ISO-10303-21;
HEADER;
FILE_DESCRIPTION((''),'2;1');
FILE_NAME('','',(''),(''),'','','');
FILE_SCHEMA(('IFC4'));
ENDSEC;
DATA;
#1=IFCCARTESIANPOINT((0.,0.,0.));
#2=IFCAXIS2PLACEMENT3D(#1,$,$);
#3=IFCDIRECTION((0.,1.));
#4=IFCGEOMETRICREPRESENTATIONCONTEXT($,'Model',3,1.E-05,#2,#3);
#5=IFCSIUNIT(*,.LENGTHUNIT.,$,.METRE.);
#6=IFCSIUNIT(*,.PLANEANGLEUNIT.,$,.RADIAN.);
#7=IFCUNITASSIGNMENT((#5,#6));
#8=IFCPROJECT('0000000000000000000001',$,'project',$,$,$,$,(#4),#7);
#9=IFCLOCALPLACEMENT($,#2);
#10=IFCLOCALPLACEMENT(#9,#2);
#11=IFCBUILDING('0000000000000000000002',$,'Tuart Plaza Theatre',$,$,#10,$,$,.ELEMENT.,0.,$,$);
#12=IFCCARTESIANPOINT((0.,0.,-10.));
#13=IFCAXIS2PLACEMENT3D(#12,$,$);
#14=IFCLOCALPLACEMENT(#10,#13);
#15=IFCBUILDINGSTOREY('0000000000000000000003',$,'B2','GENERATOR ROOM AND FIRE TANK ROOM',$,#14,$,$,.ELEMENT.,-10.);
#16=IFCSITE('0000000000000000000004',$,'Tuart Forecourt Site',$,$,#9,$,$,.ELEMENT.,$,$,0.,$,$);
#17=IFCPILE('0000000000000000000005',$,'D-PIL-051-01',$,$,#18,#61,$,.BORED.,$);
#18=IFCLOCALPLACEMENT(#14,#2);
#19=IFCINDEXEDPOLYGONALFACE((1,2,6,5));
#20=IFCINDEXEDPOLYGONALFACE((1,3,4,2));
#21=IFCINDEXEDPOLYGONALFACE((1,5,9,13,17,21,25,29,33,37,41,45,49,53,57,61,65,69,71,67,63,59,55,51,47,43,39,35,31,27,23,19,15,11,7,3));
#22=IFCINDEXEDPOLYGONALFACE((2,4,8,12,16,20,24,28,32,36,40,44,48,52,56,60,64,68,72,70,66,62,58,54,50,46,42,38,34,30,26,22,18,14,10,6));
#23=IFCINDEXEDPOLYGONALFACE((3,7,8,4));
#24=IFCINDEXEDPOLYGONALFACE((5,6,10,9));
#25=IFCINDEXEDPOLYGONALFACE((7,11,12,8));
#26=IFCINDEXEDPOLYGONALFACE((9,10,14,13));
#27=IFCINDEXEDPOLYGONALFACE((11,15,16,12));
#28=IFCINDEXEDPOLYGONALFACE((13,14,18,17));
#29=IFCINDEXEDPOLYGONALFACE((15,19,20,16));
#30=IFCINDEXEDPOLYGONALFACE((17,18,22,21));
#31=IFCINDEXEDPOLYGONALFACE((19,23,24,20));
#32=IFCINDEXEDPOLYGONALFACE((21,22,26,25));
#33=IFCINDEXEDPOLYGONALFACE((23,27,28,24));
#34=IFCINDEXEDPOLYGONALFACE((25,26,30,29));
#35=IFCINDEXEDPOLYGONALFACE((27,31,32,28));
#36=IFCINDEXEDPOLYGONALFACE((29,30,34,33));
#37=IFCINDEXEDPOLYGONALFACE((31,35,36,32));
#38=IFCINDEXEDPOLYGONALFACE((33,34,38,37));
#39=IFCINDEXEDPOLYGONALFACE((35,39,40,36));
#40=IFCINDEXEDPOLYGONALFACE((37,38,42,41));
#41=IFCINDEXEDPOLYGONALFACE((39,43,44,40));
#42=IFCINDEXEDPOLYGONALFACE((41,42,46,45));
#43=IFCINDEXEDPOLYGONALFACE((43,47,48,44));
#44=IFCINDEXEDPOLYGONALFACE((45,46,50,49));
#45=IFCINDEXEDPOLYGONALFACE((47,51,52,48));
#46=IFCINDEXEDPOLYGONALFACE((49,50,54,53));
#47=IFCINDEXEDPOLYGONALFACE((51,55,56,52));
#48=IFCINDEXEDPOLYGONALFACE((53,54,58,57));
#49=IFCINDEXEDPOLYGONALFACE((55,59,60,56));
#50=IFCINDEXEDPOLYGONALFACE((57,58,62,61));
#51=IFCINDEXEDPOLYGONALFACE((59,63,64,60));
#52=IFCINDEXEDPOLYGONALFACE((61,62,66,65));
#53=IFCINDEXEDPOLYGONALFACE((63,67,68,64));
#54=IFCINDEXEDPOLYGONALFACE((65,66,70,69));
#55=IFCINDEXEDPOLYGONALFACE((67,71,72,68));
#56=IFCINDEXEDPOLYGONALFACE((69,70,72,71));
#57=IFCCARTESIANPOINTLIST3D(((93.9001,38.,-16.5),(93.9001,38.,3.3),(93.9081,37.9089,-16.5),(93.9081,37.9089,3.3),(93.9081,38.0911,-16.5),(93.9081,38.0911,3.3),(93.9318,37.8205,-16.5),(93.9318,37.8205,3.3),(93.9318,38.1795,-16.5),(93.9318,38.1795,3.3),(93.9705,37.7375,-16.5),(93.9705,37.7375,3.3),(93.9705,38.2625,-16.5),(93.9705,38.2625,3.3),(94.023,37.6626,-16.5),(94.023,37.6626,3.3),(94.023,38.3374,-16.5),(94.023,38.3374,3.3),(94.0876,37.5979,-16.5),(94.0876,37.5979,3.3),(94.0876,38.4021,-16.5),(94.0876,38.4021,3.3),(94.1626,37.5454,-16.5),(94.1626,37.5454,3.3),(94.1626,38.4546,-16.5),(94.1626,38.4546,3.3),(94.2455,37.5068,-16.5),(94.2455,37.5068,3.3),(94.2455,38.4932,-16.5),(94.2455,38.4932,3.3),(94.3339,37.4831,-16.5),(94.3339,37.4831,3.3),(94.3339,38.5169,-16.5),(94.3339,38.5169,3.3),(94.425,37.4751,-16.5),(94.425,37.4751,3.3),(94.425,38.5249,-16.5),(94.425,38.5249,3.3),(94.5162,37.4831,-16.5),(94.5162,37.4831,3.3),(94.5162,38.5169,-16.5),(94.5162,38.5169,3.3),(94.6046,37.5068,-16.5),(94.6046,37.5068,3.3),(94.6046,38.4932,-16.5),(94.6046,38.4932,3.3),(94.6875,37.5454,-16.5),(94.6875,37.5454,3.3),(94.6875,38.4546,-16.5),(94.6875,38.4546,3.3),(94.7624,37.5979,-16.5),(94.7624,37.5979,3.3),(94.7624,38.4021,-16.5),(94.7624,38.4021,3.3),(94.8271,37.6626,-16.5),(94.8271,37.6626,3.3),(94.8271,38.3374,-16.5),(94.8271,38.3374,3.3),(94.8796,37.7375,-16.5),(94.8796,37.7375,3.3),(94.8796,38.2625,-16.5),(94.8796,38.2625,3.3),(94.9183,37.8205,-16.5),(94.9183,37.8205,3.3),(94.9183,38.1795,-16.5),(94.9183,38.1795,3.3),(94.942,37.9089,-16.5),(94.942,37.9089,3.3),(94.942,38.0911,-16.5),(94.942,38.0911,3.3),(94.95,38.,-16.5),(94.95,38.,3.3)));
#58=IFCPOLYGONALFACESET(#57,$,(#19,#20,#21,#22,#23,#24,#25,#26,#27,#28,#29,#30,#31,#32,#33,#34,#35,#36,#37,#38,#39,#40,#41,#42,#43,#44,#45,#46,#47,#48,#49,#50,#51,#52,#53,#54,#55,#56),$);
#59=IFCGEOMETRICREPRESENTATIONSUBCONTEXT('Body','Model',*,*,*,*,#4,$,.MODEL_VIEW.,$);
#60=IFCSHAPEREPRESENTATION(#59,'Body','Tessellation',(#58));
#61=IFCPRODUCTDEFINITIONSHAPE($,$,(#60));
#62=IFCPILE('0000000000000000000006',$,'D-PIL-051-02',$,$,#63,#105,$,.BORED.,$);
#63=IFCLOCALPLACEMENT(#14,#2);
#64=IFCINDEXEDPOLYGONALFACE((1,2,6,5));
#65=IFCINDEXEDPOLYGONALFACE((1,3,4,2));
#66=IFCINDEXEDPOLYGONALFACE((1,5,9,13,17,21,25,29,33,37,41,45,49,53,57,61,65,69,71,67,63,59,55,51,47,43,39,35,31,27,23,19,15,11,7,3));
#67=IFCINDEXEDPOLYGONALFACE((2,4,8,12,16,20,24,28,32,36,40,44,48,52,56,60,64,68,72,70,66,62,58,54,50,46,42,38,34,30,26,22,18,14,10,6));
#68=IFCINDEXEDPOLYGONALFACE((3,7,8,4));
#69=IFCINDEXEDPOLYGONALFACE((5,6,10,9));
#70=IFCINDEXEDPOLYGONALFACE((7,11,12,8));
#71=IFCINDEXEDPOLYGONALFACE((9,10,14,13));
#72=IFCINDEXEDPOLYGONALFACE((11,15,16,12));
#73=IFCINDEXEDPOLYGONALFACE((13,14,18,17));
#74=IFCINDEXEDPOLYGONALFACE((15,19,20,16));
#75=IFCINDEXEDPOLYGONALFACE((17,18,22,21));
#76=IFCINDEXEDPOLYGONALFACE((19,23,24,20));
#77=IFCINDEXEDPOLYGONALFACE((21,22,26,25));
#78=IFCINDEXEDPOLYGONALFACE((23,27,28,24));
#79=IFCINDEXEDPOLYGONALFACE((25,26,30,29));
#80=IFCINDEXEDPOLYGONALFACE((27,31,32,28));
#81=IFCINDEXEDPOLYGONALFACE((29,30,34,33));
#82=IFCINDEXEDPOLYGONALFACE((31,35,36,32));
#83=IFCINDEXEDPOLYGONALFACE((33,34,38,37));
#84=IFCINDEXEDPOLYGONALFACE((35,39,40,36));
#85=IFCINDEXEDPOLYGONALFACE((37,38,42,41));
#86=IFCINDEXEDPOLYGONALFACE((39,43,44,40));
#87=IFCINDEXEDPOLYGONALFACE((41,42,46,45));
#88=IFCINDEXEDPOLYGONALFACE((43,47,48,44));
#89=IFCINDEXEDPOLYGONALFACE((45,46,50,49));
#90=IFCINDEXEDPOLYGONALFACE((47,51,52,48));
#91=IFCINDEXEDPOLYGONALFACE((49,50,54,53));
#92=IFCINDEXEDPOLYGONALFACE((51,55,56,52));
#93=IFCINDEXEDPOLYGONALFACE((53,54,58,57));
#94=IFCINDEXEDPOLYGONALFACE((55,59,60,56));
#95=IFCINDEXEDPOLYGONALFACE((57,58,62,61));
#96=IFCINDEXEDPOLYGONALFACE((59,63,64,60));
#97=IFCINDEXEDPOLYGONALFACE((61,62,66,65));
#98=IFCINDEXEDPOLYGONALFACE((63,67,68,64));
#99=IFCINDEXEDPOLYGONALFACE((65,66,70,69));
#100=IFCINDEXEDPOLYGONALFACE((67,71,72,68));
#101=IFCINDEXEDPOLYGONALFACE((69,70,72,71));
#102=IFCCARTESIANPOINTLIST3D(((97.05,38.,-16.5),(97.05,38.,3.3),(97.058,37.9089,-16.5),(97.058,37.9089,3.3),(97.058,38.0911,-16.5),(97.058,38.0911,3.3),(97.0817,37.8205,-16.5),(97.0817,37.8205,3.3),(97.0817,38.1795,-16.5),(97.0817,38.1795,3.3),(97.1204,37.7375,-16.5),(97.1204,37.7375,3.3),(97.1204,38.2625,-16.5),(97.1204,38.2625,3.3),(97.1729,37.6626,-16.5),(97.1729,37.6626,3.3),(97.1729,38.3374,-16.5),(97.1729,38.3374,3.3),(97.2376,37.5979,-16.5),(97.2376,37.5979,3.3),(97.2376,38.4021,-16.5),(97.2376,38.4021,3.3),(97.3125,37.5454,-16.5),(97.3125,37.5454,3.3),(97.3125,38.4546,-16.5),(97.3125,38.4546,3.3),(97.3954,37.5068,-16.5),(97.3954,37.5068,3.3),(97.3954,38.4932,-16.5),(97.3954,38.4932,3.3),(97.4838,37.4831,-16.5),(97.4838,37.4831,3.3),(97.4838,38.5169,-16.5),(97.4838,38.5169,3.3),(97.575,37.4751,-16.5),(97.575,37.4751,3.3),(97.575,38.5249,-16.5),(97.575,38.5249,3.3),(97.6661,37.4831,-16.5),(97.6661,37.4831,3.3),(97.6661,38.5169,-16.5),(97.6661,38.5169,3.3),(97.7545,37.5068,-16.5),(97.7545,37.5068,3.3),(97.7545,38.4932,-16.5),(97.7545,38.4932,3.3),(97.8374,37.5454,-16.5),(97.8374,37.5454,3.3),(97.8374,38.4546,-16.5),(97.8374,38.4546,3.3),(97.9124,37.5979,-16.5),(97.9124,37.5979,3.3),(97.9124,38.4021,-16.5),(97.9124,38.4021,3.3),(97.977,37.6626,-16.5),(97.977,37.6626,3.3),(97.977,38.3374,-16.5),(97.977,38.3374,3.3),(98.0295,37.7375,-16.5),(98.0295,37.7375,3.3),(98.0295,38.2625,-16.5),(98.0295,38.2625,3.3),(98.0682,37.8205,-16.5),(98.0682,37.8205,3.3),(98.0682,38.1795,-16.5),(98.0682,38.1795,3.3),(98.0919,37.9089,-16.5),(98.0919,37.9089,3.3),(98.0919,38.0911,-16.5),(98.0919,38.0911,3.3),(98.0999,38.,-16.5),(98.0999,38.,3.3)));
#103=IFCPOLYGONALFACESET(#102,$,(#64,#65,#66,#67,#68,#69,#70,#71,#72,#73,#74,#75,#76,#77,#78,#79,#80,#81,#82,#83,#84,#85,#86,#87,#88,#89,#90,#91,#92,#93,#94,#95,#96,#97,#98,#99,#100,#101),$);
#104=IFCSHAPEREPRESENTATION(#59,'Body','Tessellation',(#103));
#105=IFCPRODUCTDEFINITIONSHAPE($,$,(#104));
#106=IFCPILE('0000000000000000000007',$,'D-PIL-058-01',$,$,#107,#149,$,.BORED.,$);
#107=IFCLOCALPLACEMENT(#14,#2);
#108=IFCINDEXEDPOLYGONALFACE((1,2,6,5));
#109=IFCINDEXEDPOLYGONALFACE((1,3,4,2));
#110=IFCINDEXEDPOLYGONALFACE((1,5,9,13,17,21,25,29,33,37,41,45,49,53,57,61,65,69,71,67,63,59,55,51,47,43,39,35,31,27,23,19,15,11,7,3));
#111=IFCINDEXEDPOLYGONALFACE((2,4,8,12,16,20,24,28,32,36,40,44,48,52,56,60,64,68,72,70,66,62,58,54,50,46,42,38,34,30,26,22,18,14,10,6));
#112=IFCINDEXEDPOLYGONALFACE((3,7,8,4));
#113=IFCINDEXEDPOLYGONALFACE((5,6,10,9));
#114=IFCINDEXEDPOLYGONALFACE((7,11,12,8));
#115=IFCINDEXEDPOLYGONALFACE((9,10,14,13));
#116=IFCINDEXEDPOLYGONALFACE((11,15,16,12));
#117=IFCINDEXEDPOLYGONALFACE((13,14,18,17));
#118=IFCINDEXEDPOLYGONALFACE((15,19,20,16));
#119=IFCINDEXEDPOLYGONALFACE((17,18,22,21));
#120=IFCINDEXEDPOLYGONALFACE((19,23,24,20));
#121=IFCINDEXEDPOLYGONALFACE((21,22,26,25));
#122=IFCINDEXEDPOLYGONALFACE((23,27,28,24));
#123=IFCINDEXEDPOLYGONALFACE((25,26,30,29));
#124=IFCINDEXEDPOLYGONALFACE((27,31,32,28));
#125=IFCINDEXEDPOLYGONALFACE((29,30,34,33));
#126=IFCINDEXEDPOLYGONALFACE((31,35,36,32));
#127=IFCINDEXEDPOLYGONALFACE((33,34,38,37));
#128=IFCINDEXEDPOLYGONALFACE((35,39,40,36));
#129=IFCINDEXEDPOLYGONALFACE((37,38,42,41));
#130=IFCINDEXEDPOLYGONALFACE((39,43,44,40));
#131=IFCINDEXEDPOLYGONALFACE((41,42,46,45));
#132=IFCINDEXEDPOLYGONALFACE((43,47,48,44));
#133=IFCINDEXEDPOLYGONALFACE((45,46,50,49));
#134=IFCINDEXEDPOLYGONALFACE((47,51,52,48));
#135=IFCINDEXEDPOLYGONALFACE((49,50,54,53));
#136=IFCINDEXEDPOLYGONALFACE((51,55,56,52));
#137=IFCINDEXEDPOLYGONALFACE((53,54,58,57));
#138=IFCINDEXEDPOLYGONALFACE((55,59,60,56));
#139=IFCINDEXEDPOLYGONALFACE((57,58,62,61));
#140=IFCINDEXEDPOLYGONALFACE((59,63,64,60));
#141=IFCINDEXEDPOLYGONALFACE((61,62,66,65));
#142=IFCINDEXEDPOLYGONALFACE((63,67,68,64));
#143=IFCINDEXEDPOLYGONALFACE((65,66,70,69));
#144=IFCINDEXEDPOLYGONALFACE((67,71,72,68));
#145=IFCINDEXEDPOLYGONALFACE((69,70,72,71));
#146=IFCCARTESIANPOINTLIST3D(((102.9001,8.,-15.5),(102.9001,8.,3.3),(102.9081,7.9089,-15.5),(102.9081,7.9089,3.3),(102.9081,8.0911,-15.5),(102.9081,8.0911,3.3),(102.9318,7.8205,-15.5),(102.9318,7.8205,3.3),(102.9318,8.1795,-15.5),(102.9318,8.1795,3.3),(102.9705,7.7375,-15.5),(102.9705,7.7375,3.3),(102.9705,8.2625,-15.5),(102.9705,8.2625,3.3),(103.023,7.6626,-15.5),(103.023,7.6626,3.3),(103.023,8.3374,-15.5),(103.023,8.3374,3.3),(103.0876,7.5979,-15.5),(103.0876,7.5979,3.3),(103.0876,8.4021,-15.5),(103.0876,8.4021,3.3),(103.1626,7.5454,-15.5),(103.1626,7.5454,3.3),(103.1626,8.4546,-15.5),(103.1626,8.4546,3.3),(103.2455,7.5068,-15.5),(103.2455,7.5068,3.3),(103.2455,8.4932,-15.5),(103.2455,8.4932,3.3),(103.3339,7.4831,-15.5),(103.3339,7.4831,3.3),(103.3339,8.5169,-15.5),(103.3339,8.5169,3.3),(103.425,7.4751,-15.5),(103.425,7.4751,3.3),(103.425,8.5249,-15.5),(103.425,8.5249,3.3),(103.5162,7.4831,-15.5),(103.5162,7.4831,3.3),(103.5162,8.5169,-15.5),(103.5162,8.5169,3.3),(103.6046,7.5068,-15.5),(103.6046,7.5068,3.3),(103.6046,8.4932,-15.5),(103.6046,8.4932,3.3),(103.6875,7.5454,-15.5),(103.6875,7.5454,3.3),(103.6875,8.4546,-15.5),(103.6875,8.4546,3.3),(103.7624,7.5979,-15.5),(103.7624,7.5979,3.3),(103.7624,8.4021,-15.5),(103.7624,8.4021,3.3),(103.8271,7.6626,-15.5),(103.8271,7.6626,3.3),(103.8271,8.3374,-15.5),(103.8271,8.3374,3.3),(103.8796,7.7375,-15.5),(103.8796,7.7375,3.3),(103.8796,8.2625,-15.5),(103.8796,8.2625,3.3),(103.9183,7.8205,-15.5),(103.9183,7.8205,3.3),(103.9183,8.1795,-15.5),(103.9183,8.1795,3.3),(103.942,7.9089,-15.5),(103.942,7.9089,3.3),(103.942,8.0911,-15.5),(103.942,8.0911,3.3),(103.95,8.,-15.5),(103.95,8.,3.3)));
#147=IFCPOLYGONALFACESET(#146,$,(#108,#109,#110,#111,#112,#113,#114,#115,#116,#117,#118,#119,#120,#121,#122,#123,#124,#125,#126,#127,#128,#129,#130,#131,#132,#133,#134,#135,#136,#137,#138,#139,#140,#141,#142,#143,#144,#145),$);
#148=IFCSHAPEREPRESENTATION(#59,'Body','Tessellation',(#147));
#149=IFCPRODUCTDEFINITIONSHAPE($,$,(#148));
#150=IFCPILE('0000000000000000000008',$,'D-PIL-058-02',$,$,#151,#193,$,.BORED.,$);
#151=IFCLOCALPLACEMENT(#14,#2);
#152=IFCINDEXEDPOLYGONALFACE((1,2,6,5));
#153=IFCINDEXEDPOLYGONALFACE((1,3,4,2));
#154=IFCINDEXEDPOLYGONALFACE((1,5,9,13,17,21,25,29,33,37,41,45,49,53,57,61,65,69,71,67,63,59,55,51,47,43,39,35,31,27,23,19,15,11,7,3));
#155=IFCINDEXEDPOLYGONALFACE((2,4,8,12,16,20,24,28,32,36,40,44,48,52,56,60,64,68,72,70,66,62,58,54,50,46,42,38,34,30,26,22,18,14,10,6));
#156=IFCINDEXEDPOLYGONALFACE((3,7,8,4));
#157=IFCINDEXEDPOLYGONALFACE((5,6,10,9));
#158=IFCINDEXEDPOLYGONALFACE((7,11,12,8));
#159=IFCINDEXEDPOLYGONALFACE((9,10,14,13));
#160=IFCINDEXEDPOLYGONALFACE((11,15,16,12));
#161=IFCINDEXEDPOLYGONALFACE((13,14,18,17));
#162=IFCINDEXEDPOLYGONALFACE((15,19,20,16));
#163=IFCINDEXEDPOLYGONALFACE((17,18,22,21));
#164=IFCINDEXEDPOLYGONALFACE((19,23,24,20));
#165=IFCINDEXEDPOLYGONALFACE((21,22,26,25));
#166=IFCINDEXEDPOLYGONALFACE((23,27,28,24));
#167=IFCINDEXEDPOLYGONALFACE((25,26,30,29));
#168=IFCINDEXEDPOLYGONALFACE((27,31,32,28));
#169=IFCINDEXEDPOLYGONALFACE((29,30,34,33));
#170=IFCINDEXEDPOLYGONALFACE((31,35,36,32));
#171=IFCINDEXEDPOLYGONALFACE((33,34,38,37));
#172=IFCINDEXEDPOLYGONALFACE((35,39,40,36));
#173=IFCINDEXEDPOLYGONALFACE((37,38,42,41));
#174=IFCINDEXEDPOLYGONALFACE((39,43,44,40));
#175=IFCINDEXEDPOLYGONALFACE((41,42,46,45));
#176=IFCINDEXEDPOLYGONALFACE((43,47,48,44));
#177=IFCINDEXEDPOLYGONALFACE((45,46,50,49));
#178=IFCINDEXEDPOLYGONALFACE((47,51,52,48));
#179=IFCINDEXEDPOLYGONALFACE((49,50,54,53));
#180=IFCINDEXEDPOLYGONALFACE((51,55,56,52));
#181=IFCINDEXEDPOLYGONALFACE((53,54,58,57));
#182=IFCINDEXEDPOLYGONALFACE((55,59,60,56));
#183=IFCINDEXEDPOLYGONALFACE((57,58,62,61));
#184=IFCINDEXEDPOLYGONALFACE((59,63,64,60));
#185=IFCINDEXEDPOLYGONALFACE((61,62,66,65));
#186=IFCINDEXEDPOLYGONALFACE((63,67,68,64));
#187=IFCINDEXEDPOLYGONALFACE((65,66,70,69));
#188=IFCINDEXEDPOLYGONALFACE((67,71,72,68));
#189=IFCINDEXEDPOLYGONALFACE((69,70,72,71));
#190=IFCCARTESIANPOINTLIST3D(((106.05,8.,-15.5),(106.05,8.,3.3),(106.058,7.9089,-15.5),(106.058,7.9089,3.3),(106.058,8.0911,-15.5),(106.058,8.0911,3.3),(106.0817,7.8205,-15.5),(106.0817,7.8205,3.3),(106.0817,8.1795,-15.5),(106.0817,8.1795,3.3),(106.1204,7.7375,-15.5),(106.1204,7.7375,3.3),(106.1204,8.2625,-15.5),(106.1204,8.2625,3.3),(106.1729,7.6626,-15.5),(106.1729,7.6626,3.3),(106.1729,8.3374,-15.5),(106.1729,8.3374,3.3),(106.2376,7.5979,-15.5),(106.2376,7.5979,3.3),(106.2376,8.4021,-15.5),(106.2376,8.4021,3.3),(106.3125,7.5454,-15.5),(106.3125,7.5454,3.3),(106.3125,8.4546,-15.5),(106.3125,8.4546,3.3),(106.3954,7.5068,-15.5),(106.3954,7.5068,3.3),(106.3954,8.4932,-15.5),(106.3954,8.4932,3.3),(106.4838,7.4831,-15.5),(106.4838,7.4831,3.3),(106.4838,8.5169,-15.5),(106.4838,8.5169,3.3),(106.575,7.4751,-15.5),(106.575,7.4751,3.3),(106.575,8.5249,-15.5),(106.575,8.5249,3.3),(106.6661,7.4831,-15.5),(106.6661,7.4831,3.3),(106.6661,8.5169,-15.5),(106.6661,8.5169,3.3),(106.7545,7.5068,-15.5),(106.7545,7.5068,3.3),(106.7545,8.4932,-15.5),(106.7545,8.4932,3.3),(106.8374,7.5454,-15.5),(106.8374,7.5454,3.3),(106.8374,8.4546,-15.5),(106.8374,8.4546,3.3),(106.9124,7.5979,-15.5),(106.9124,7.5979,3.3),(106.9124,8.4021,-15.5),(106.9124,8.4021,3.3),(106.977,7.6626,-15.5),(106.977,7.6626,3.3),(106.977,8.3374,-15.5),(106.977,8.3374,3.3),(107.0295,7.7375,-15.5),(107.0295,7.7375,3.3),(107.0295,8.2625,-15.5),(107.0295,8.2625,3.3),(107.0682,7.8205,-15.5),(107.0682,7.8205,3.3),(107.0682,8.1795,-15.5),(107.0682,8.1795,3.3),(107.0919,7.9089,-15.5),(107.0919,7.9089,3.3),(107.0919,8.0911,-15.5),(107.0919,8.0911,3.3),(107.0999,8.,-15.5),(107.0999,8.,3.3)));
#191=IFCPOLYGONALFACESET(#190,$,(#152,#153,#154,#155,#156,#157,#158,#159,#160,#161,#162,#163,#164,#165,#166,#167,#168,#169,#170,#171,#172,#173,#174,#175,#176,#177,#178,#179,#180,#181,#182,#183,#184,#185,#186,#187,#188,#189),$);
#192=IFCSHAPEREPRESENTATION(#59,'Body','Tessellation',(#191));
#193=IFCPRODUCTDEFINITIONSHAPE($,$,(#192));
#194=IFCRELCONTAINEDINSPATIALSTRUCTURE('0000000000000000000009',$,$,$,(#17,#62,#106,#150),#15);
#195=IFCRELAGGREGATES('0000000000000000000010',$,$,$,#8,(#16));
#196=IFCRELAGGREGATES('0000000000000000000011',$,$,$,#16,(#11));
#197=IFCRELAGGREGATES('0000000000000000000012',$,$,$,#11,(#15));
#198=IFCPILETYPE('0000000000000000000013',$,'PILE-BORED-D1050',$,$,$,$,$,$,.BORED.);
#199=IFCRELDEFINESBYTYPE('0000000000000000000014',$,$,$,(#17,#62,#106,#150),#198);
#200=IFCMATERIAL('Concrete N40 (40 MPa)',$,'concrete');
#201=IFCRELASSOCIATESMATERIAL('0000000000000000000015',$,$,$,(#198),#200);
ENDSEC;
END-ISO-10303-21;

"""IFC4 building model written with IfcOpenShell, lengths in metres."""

from ifc_helpers import new_model, si_unit, direction, frame, origin, origin_2d, place, context, subcontext, project, spatial, circle, extrude, material, material_profile, profile_set, type_object, element, save


model = new_model("IFC4")

# Units and contexts
model_context = context("Model", 3, precision=1e-05, world=origin(), true_north=direction((0.0, 1.0)))
body_context = subcontext(model_context, "Body", "Model", "MODEL_VIEW")
ifc_project = project(units=[si_unit("LENGTHUNIT", "METRE"), si_unit("PLANEANGLEUNIT", "RADIAN")], contexts=[model_context])

# Site, building, storey
site_placement = place(None, origin())
site = spatial("IfcSite", under=ifc_project, at=site_placement, Name="Tuart Forecourt Site", CompositionType="ELEMENT", RefElevation=0.0)
building_placement = place(site_placement, origin())
building = spatial("IfcBuilding", under=site, at=building_placement, Name="Tuart Plaza Theatre", CompositionType="ELEMENT", ElevationOfRefHeight=0.0)
storey_placement = place(building_placement, frame((0.0, 0.0, -10.0)))
storey = spatial("IfcBuildingStorey", under=building, at=storey_placement, Name="B2", Description="GENERATOR ROOM AND FIRE TANK ROOM", CompositionType="ELEMENT", Elevation=-10.0)

# Piles
ifc_material_1 = material(Name="Concrete N40 (40 MPa)", Category="concrete")
ifc_material_profile_1 = material_profile(ifc_material_1, circle(Radius=0.5249, at=origin_2d()), Name="PILE-BORED-D1050")
ifc_profile_set_1 = profile_set([ifc_material_profile_1], Name="Concrete N40 (40 MPa)")
pile_type_1 = type_object("IfcPileType", Name="PILE-BORED-D1050", PredefinedType="BORED", material=ifc_profile_set_1)
for number, where, z_axis, x_axis, name in (
    (1, (94.425, 38.0, 3.3), (0.0, 0.0, -1.0), (1.0, 0.0, 0.0), "D-PIL-051-01"),
    (2, (97.575, 38.0, 3.3), (0.0, 0.0, -1.0), (1.0, 0.0, 0.0), "D-PIL-051-02"),
):
    element("IfcPile", number, at=place(storey_placement, frame(where, z_axis=z_axis, x_axis=x_axis)), inside=storey, type_object=pile_type_1, Name=name, PredefinedType="BORED", context=body_context, shape_type="SweptSolid", body=[
        extrude(circle(Radius=0.5249, at=origin_2d()), origin(), (0.0, 0.0, 1.0), 19.8),
    ])
for number, where, z_axis, x_axis, name in (
    (3, (103.425, 8.0, 3.3), (0.0, 0.0, -1.0), (1.0, 0.0, 0.0), "D-PIL-058-01"),
    (4, (106.575, 8.0, 3.3), (0.0, 0.0, -1.0), (1.0, 0.0, 0.0), "D-PIL-058-02"),
):
    element("IfcPile", number, at=place(storey_placement, frame(where, z_axis=z_axis, x_axis=x_axis)), inside=storey, type_object=pile_type_1, Name=name, PredefinedType="BORED", context=body_context, shape_type="SweptSolid", body=[
        extrude(circle(Radius=0.5249, at=origin_2d()), origin(), (0.0, 0.0, 1.0), 18.8),
    ])

save(model, "model.ifc")
